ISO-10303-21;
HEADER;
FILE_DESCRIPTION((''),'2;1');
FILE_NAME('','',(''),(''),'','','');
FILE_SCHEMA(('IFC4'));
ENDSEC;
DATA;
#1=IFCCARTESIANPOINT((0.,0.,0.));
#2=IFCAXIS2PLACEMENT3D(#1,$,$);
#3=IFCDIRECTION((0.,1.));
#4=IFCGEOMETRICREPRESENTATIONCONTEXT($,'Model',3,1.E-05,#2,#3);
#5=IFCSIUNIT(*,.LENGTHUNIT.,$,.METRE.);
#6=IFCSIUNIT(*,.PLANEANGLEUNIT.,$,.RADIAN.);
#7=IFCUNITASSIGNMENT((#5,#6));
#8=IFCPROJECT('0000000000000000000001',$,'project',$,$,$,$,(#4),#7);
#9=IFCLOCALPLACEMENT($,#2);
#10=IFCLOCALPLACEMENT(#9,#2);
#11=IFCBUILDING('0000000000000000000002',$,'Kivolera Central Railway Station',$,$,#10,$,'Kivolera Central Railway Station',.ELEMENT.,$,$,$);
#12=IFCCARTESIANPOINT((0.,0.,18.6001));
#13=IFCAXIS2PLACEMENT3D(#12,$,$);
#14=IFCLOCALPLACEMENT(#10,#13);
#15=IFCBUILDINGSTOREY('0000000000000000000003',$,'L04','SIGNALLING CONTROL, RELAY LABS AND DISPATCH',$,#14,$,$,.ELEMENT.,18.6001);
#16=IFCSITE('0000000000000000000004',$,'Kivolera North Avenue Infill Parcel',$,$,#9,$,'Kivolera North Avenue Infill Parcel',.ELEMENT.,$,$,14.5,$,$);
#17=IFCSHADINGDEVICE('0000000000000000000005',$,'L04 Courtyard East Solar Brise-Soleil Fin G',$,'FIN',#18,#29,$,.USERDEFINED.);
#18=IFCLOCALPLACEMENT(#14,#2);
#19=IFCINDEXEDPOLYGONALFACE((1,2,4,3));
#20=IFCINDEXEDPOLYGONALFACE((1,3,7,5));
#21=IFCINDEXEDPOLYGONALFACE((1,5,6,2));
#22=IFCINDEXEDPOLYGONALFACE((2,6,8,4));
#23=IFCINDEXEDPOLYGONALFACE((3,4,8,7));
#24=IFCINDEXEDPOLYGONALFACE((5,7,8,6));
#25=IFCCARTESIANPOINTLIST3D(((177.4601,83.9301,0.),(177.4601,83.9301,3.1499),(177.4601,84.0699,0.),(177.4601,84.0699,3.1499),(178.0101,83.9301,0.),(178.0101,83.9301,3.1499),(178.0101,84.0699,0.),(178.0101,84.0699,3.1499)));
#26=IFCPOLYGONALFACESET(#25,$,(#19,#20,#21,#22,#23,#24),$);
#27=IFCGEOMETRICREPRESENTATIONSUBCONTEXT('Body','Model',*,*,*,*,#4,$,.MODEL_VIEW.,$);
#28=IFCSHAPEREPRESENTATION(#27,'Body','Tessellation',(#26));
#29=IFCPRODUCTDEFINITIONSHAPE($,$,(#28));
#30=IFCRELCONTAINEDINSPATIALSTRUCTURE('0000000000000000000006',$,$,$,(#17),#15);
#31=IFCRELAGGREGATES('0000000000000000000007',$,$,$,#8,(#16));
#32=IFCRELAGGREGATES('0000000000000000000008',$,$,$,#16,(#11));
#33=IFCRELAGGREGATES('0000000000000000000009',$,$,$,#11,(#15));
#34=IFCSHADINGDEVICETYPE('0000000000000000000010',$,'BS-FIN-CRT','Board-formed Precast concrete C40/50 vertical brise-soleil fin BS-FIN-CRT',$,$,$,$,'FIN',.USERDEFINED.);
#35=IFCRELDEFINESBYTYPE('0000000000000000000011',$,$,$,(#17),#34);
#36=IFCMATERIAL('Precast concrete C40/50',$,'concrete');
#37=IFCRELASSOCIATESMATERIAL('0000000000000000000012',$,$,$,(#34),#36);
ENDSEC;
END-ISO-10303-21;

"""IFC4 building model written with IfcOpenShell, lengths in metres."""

from ifc_helpers import new_model, si_unit, direction, frame, origin, origin_2d, place, context, subcontext, project, spatial, rectangle, extrude, material, type_object, element, save


model = new_model("IFC4")

# Units and contexts
model_context = context("Model", 3, precision=1e-05, world=origin(), true_north=direction((0.0, 1.0)))
body_context = subcontext(model_context, "Body", "Model", "MODEL_VIEW")
ifc_project = project(units=[si_unit("LENGTHUNIT", "METRE"), si_unit("PLANEANGLEUNIT", "RADIAN")], contexts=[model_context])

# Site, building, storey
site_placement = place(None, origin())
site = spatial("IfcSite", under=ifc_project, at=site_placement, Name="Kivolera North Avenue Infill Parcel", LongName="Kivolera North Avenue Infill Parcel", CompositionType="ELEMENT", RefElevation=14.5)
building_placement = place(site_placement, origin())
building = spatial("IfcBuilding", under=site, at=building_placement, Name="Kivolera Central Railway Station", LongName="Kivolera Central Railway Station", CompositionType="ELEMENT")
storey_placement = place(building_placement, frame((0.0, 0.0, 18.6001)))
storey = spatial("IfcBuildingStorey", under=building, at=storey_placement, Name="L04", Description="SIGNALLING CONTROL, RELAY LABS AND DISPATCH", CompositionType="ELEMENT", Elevation=18.6001)

# Shading device
ifc_material_1 = material(Name="Precast concrete C40/50", Category="concrete")
shading_device_type = type_object("IfcShadingDeviceType", Name="BS-FIN-CRT", Description="Board-formed Precast concrete C40/50 vertical brise-soleil fin BS-FIN-CRT", ElementType="FIN", PredefinedType="USERDEFINED", material=ifc_material_1)
shading_device_placement = place(storey_placement, frame((177.7351, 84.0, 0.0), z_axis=(0.0, 0.0, 1.0), x_axis=(1.0, 0.0, 0.0)))
element("IfcShadingDevice", 1, at=shading_device_placement, inside=storey, type_object=shading_device_type, Name="L04 Courtyard East Solar Brise-Soleil Fin G", ObjectType="FIN", PredefinedType="USERDEFINED", context=body_context, shape_type="SweptSolid", body=[
    extrude(rectangle(XDim=0.55, YDim=0.1399, at=origin_2d()), origin(), (0.0, 0.0, 1.0), 3.1499),
])

save(model, "model.ifc")
